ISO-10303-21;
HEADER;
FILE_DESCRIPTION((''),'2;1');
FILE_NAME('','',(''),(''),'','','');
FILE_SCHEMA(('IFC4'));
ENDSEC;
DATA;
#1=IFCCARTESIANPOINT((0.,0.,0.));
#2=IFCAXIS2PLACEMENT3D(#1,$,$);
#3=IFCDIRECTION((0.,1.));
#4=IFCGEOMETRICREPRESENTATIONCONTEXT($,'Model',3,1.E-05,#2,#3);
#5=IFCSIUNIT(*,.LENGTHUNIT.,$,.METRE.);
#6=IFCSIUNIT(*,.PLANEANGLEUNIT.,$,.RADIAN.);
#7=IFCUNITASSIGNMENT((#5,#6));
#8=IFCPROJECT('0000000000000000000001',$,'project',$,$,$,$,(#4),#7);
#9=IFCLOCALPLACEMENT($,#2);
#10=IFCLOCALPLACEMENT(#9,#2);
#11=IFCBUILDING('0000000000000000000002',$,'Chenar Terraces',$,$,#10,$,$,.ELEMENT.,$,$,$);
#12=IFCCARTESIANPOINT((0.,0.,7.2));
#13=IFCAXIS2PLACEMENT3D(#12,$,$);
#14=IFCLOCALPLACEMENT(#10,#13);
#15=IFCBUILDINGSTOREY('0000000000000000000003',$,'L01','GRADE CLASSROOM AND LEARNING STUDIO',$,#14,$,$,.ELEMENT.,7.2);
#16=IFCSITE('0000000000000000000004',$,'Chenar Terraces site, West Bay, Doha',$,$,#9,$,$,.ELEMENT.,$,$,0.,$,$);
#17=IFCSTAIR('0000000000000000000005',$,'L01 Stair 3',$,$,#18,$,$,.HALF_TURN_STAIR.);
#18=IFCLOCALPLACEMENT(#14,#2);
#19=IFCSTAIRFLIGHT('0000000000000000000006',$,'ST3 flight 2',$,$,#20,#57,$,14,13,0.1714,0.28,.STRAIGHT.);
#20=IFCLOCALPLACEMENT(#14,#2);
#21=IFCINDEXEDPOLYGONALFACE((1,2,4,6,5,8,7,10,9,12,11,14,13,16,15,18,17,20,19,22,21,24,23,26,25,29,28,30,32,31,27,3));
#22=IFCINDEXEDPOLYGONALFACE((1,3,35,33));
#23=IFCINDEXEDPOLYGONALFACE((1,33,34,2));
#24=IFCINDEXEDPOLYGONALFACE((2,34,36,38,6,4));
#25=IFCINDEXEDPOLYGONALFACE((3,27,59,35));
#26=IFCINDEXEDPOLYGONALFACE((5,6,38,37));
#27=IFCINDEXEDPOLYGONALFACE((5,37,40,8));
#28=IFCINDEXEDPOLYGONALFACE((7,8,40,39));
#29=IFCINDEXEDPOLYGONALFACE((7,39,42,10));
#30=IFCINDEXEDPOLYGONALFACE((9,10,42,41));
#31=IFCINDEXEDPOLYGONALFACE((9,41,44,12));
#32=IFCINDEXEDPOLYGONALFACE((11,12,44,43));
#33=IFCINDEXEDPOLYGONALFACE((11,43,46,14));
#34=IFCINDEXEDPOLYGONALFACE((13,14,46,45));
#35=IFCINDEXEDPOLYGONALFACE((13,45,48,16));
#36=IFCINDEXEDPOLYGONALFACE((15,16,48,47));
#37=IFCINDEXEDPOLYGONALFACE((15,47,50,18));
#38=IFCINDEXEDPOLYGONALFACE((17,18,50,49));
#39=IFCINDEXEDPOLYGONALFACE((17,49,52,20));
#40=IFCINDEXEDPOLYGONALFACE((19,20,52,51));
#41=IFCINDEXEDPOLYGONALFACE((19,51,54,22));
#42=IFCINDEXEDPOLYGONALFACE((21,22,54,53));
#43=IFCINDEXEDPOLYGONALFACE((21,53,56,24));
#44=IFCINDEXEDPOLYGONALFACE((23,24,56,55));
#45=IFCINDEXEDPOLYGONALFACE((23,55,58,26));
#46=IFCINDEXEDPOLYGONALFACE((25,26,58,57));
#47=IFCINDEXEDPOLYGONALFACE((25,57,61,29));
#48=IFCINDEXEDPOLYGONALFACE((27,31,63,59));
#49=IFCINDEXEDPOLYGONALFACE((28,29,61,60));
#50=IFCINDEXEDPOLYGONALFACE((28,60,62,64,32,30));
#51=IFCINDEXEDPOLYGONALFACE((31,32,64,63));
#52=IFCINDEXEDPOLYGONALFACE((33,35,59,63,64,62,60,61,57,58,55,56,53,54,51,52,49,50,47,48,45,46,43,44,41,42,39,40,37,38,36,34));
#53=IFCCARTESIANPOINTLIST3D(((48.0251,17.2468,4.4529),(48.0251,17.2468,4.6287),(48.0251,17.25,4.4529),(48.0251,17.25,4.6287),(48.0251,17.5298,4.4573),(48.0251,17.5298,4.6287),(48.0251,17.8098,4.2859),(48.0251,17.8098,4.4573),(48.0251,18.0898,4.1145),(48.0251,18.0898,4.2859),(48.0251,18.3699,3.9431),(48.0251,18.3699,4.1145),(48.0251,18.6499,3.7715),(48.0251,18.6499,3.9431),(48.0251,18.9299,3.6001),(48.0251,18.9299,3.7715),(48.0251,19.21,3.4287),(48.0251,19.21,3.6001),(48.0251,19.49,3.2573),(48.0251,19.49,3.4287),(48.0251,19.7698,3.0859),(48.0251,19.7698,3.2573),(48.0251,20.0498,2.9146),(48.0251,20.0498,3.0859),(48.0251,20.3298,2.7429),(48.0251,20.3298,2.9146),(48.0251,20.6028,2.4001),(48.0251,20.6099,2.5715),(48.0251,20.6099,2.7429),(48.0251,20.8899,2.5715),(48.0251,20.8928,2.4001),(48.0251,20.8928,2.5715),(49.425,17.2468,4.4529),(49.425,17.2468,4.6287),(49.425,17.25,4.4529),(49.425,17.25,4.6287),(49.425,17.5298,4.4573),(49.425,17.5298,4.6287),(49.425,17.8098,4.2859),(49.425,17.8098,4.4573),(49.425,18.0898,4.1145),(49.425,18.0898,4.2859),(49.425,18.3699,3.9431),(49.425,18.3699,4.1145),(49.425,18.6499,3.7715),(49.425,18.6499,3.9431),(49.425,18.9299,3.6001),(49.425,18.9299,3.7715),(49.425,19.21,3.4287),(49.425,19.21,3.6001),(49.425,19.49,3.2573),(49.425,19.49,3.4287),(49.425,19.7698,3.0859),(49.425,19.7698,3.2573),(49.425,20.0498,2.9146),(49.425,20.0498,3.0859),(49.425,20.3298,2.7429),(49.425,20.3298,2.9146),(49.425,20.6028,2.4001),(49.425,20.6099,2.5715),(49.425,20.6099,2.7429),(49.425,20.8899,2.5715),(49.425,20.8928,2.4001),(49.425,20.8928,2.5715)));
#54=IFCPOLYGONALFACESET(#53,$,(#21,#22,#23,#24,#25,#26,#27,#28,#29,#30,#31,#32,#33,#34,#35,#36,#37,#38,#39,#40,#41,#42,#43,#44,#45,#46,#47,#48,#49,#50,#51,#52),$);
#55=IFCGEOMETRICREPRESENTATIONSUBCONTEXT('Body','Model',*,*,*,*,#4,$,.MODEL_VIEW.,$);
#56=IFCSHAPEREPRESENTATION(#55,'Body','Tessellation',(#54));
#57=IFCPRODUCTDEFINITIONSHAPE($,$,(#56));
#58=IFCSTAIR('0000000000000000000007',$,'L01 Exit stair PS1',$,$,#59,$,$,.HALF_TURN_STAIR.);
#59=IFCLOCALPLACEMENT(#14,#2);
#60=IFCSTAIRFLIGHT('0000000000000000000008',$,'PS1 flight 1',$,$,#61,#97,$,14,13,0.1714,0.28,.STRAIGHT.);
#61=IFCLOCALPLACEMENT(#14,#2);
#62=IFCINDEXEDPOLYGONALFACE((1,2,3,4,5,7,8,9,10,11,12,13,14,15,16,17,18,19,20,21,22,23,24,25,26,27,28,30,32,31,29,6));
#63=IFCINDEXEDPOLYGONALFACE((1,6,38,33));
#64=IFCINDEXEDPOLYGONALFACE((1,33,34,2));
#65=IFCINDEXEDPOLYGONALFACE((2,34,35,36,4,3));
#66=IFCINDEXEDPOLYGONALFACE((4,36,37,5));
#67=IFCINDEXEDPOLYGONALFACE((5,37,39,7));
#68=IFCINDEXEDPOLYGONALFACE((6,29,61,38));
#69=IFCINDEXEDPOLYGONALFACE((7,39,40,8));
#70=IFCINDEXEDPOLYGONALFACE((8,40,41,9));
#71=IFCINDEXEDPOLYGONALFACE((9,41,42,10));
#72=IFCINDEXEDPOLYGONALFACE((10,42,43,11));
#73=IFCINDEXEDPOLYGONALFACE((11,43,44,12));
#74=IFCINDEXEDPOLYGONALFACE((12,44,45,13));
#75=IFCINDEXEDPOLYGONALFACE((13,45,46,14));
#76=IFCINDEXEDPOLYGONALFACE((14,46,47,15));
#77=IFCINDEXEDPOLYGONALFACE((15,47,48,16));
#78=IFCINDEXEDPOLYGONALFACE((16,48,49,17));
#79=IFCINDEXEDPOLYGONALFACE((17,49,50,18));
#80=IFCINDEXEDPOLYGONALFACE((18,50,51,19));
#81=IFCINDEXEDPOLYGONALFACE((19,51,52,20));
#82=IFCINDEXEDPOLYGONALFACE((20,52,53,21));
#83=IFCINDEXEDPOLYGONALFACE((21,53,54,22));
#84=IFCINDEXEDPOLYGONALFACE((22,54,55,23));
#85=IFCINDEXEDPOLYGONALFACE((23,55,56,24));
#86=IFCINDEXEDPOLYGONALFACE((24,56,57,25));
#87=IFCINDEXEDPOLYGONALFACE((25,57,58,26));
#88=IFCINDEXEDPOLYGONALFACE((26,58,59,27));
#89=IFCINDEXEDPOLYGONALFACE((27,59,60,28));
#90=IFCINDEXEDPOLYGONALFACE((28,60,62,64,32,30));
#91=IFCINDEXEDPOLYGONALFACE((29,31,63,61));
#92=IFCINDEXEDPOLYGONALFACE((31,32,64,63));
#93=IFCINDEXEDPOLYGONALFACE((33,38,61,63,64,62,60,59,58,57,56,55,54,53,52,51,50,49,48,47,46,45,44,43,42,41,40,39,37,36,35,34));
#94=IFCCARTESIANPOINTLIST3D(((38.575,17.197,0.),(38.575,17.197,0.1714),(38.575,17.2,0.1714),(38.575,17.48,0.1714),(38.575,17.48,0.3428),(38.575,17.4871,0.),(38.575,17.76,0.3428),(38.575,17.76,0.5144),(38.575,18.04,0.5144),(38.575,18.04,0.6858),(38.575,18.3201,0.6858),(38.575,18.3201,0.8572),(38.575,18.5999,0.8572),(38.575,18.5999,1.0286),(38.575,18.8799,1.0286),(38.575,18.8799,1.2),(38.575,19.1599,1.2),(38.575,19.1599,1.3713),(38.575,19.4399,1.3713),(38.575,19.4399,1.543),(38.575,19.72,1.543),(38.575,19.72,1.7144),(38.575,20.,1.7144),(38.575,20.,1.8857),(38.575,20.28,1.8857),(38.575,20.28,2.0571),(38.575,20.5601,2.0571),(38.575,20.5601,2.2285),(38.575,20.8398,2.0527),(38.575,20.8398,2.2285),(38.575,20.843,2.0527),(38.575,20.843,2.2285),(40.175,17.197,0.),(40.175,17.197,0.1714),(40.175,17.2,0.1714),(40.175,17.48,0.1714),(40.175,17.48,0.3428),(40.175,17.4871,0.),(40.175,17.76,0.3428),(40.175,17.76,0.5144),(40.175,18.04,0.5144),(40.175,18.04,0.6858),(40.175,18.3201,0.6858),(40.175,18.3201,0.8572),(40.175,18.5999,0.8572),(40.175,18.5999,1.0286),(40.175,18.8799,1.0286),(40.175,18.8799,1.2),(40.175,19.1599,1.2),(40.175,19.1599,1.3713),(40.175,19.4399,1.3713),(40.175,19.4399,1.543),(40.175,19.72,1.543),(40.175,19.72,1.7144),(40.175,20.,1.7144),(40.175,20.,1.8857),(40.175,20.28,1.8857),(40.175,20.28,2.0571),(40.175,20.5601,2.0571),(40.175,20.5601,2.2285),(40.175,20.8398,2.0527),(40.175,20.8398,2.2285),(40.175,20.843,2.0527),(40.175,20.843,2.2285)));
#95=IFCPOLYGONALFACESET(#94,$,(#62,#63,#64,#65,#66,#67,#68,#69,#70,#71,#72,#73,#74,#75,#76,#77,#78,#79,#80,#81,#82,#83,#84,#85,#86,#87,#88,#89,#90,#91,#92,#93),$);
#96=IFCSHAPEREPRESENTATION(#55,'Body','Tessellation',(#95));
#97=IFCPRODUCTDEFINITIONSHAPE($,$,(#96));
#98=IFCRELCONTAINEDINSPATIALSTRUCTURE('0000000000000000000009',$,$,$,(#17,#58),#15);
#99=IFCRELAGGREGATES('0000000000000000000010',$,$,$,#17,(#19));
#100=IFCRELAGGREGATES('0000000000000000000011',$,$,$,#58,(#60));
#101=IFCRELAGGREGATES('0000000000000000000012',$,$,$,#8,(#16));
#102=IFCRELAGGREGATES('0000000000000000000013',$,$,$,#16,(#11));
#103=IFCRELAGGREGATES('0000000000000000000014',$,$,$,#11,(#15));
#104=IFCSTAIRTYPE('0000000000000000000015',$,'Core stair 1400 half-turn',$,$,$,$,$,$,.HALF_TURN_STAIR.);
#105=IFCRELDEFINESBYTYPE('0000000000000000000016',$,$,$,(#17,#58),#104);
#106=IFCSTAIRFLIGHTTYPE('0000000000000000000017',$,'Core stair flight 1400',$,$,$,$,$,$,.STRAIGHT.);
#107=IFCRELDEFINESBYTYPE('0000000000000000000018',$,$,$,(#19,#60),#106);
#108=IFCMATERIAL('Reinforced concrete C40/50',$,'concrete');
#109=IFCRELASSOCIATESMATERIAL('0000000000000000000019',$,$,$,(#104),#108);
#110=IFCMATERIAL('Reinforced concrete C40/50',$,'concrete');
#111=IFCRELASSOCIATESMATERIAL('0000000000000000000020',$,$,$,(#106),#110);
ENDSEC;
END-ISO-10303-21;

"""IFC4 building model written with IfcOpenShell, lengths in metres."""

from ifc_helpers import new_model, si_unit, direction, frame, origin, place, context, subcontext, project, spatial, polyline, outline, extrude, material, type_object, element, aggregate, save


model = new_model("IFC4")

# Units and contexts
model_context = context("Model", 3, precision=1e-05, world=origin(), true_north=direction((0.0, 1.0)))
body_context = subcontext(model_context, "Body", "Model", "MODEL_VIEW")
ifc_project = project(units=[si_unit("LENGTHUNIT", "METRE"), si_unit("PLANEANGLEUNIT", "RADIAN")], contexts=[model_context])

# Site, building, storey
site_placement = place(None, origin())
site = spatial("IfcSite", under=ifc_project, at=site_placement, Name="Chenar Terraces site, West Bay, Doha", CompositionType="ELEMENT", RefElevation=0.0)
building_placement = place(site_placement, origin())
building = spatial("IfcBuilding", under=site, at=building_placement, Name="Chenar Terraces", CompositionType="ELEMENT")
storey_placement = place(building_placement, frame((0.0, 0.0, 7.2)))
storey = spatial("IfcBuildingStorey", under=building, at=storey_placement, Name="L01", Description="GRADE CLASSROOM AND LEARNING STUDIO", CompositionType="ELEMENT", Elevation=7.2)

# Stair, stair flight
ifc_material_1 = material(Name="Reinforced concrete C40/50", Category="concrete")
stair_type = type_object("IfcStairType", Name="Core stair 1400 half-turn", PredefinedType="HALF_TURN_STAIR", material=ifc_material_1)
placement = place(storey_placement, origin())
stair_1 = element("IfcStair", 1, at=placement, inside=storey, type_object=stair_type, Name="L01 Stair 3", PredefinedType="HALF_TURN_STAIR")
ifc_material_2 = material(Name="Reinforced concrete C40/50", Category="concrete")
stair_flight_type = type_object("IfcStairFlightType", Name="Core stair flight 1400", PredefinedType="STRAIGHT", material=ifc_material_2)
stair_flight_1_placement = place(storey_placement, frame((48.7251, 20.8899, 2.4001), z_axis=(0.0, 0.0, 1.0), x_axis=(0.0, -1.0, 0.0)))
stair_flight_1 = element("IfcStairFlight", 2, at=stair_flight_1_placement, type_object=stair_flight_type, Name="ST3 flight 2", NumberOfRisers=14, NumberOfTreads=13, PredefinedType="STRAIGHT", RiserHeight=0.1714, TreadLength=0.28, context=body_context, shape_type="SweptSolid", body=[
    extrude(outline(polyline([(-0.0029, 0.0), (-0.0029, 0.1714), (0.0, 0.1714), (0.28, 0.1714), (0.28, 0.3428), (0.5601, 0.3428), (0.5601, 0.5144), (0.8401, 0.5144), (0.8401, 0.6858), (1.1201, 0.6858), (1.1201, 0.8572), (1.3999, 0.8572), (1.3999, 1.0286), (1.6799, 1.0286), (1.6799, 1.2), (1.96, 1.2), (1.96, 1.3713), (2.24, 1.3713), (2.24, 1.543), (2.52, 1.543), (2.52, 1.7144), (2.8, 1.7144), (2.8, 1.8857), (3.0801, 1.8857), (3.0801, 2.0571), (3.3601, 2.0571), (3.3601, 2.2285), (3.6399, 2.2285), (3.6431, 2.2285), (3.6431, 2.0527), (3.6399, 2.0527), (0.2871, 0.0), (-0.0029, 0.0)])), frame((0.0, 0.7, 0.0), z_axis=(0.0, -1.0, 0.0), x_axis=(1.0, 0.0, 0.0)), (0.0, 0.0, 1.0), 1.3999),
])
aggregate(stair_1, [stair_flight_1])

# Stair, stair flight
stair_2 = element("IfcStair", 3, at=placement, inside=storey, type_object=stair_type, Name="L01 Exit stair PS1", PredefinedType="HALF_TURN_STAIR")
stair_flight_2_placement = place(storey_placement, frame((39.375, 17.2, 0.0), z_axis=(0.0, 0.0, 1.0), x_axis=(0.0, 1.0, 0.0)))
stair_flight_2 = element("IfcStairFlight", 4, at=stair_flight_2_placement, type_object=stair_flight_type, Name="PS1 flight 1", NumberOfRisers=14, NumberOfTreads=13, PredefinedType="STRAIGHT", RiserHeight=0.1714, TreadLength=0.28, context=body_context, shape_type="SweptSolid", body=[
    extrude(outline(polyline([(-0.0029, 0.0), (-0.0029, 0.1714), (0.0, 0.1714), (0.28, 0.1714), (0.28, 0.3428), (0.5601, 0.3428), (0.5601, 0.5144), (0.8401, 0.5144), (0.8401, 0.6858), (1.1201, 0.6858), (1.1201, 0.8572), (1.3999, 0.8572), (1.3999, 1.0286), (1.6799, 1.0286), (1.6799, 1.2), (1.96, 1.2), (1.96, 1.3713), (2.24, 1.3713), (2.24, 1.543), (2.52, 1.543), (2.52, 1.7144), (2.8, 1.7144), (2.8, 1.8857), (3.0801, 1.8857), (3.0801, 2.0571), (3.3601, 2.0571), (3.3601, 2.2285), (3.6399, 2.2285), (3.6431, 2.2285), (3.6431, 2.0527), (3.6399, 2.0527), (0.2871, 0.0), (-0.0029, 0.0)])), frame((0.0, 0.8, 0.0), z_axis=(0.0, -1.0, 0.0), x_axis=(1.0, 0.0, 0.0)), (0.0, 0.0, 1.0), 1.6001),
])
aggregate(stair_2, [stair_flight_2])

save(model, "model.ifc")
